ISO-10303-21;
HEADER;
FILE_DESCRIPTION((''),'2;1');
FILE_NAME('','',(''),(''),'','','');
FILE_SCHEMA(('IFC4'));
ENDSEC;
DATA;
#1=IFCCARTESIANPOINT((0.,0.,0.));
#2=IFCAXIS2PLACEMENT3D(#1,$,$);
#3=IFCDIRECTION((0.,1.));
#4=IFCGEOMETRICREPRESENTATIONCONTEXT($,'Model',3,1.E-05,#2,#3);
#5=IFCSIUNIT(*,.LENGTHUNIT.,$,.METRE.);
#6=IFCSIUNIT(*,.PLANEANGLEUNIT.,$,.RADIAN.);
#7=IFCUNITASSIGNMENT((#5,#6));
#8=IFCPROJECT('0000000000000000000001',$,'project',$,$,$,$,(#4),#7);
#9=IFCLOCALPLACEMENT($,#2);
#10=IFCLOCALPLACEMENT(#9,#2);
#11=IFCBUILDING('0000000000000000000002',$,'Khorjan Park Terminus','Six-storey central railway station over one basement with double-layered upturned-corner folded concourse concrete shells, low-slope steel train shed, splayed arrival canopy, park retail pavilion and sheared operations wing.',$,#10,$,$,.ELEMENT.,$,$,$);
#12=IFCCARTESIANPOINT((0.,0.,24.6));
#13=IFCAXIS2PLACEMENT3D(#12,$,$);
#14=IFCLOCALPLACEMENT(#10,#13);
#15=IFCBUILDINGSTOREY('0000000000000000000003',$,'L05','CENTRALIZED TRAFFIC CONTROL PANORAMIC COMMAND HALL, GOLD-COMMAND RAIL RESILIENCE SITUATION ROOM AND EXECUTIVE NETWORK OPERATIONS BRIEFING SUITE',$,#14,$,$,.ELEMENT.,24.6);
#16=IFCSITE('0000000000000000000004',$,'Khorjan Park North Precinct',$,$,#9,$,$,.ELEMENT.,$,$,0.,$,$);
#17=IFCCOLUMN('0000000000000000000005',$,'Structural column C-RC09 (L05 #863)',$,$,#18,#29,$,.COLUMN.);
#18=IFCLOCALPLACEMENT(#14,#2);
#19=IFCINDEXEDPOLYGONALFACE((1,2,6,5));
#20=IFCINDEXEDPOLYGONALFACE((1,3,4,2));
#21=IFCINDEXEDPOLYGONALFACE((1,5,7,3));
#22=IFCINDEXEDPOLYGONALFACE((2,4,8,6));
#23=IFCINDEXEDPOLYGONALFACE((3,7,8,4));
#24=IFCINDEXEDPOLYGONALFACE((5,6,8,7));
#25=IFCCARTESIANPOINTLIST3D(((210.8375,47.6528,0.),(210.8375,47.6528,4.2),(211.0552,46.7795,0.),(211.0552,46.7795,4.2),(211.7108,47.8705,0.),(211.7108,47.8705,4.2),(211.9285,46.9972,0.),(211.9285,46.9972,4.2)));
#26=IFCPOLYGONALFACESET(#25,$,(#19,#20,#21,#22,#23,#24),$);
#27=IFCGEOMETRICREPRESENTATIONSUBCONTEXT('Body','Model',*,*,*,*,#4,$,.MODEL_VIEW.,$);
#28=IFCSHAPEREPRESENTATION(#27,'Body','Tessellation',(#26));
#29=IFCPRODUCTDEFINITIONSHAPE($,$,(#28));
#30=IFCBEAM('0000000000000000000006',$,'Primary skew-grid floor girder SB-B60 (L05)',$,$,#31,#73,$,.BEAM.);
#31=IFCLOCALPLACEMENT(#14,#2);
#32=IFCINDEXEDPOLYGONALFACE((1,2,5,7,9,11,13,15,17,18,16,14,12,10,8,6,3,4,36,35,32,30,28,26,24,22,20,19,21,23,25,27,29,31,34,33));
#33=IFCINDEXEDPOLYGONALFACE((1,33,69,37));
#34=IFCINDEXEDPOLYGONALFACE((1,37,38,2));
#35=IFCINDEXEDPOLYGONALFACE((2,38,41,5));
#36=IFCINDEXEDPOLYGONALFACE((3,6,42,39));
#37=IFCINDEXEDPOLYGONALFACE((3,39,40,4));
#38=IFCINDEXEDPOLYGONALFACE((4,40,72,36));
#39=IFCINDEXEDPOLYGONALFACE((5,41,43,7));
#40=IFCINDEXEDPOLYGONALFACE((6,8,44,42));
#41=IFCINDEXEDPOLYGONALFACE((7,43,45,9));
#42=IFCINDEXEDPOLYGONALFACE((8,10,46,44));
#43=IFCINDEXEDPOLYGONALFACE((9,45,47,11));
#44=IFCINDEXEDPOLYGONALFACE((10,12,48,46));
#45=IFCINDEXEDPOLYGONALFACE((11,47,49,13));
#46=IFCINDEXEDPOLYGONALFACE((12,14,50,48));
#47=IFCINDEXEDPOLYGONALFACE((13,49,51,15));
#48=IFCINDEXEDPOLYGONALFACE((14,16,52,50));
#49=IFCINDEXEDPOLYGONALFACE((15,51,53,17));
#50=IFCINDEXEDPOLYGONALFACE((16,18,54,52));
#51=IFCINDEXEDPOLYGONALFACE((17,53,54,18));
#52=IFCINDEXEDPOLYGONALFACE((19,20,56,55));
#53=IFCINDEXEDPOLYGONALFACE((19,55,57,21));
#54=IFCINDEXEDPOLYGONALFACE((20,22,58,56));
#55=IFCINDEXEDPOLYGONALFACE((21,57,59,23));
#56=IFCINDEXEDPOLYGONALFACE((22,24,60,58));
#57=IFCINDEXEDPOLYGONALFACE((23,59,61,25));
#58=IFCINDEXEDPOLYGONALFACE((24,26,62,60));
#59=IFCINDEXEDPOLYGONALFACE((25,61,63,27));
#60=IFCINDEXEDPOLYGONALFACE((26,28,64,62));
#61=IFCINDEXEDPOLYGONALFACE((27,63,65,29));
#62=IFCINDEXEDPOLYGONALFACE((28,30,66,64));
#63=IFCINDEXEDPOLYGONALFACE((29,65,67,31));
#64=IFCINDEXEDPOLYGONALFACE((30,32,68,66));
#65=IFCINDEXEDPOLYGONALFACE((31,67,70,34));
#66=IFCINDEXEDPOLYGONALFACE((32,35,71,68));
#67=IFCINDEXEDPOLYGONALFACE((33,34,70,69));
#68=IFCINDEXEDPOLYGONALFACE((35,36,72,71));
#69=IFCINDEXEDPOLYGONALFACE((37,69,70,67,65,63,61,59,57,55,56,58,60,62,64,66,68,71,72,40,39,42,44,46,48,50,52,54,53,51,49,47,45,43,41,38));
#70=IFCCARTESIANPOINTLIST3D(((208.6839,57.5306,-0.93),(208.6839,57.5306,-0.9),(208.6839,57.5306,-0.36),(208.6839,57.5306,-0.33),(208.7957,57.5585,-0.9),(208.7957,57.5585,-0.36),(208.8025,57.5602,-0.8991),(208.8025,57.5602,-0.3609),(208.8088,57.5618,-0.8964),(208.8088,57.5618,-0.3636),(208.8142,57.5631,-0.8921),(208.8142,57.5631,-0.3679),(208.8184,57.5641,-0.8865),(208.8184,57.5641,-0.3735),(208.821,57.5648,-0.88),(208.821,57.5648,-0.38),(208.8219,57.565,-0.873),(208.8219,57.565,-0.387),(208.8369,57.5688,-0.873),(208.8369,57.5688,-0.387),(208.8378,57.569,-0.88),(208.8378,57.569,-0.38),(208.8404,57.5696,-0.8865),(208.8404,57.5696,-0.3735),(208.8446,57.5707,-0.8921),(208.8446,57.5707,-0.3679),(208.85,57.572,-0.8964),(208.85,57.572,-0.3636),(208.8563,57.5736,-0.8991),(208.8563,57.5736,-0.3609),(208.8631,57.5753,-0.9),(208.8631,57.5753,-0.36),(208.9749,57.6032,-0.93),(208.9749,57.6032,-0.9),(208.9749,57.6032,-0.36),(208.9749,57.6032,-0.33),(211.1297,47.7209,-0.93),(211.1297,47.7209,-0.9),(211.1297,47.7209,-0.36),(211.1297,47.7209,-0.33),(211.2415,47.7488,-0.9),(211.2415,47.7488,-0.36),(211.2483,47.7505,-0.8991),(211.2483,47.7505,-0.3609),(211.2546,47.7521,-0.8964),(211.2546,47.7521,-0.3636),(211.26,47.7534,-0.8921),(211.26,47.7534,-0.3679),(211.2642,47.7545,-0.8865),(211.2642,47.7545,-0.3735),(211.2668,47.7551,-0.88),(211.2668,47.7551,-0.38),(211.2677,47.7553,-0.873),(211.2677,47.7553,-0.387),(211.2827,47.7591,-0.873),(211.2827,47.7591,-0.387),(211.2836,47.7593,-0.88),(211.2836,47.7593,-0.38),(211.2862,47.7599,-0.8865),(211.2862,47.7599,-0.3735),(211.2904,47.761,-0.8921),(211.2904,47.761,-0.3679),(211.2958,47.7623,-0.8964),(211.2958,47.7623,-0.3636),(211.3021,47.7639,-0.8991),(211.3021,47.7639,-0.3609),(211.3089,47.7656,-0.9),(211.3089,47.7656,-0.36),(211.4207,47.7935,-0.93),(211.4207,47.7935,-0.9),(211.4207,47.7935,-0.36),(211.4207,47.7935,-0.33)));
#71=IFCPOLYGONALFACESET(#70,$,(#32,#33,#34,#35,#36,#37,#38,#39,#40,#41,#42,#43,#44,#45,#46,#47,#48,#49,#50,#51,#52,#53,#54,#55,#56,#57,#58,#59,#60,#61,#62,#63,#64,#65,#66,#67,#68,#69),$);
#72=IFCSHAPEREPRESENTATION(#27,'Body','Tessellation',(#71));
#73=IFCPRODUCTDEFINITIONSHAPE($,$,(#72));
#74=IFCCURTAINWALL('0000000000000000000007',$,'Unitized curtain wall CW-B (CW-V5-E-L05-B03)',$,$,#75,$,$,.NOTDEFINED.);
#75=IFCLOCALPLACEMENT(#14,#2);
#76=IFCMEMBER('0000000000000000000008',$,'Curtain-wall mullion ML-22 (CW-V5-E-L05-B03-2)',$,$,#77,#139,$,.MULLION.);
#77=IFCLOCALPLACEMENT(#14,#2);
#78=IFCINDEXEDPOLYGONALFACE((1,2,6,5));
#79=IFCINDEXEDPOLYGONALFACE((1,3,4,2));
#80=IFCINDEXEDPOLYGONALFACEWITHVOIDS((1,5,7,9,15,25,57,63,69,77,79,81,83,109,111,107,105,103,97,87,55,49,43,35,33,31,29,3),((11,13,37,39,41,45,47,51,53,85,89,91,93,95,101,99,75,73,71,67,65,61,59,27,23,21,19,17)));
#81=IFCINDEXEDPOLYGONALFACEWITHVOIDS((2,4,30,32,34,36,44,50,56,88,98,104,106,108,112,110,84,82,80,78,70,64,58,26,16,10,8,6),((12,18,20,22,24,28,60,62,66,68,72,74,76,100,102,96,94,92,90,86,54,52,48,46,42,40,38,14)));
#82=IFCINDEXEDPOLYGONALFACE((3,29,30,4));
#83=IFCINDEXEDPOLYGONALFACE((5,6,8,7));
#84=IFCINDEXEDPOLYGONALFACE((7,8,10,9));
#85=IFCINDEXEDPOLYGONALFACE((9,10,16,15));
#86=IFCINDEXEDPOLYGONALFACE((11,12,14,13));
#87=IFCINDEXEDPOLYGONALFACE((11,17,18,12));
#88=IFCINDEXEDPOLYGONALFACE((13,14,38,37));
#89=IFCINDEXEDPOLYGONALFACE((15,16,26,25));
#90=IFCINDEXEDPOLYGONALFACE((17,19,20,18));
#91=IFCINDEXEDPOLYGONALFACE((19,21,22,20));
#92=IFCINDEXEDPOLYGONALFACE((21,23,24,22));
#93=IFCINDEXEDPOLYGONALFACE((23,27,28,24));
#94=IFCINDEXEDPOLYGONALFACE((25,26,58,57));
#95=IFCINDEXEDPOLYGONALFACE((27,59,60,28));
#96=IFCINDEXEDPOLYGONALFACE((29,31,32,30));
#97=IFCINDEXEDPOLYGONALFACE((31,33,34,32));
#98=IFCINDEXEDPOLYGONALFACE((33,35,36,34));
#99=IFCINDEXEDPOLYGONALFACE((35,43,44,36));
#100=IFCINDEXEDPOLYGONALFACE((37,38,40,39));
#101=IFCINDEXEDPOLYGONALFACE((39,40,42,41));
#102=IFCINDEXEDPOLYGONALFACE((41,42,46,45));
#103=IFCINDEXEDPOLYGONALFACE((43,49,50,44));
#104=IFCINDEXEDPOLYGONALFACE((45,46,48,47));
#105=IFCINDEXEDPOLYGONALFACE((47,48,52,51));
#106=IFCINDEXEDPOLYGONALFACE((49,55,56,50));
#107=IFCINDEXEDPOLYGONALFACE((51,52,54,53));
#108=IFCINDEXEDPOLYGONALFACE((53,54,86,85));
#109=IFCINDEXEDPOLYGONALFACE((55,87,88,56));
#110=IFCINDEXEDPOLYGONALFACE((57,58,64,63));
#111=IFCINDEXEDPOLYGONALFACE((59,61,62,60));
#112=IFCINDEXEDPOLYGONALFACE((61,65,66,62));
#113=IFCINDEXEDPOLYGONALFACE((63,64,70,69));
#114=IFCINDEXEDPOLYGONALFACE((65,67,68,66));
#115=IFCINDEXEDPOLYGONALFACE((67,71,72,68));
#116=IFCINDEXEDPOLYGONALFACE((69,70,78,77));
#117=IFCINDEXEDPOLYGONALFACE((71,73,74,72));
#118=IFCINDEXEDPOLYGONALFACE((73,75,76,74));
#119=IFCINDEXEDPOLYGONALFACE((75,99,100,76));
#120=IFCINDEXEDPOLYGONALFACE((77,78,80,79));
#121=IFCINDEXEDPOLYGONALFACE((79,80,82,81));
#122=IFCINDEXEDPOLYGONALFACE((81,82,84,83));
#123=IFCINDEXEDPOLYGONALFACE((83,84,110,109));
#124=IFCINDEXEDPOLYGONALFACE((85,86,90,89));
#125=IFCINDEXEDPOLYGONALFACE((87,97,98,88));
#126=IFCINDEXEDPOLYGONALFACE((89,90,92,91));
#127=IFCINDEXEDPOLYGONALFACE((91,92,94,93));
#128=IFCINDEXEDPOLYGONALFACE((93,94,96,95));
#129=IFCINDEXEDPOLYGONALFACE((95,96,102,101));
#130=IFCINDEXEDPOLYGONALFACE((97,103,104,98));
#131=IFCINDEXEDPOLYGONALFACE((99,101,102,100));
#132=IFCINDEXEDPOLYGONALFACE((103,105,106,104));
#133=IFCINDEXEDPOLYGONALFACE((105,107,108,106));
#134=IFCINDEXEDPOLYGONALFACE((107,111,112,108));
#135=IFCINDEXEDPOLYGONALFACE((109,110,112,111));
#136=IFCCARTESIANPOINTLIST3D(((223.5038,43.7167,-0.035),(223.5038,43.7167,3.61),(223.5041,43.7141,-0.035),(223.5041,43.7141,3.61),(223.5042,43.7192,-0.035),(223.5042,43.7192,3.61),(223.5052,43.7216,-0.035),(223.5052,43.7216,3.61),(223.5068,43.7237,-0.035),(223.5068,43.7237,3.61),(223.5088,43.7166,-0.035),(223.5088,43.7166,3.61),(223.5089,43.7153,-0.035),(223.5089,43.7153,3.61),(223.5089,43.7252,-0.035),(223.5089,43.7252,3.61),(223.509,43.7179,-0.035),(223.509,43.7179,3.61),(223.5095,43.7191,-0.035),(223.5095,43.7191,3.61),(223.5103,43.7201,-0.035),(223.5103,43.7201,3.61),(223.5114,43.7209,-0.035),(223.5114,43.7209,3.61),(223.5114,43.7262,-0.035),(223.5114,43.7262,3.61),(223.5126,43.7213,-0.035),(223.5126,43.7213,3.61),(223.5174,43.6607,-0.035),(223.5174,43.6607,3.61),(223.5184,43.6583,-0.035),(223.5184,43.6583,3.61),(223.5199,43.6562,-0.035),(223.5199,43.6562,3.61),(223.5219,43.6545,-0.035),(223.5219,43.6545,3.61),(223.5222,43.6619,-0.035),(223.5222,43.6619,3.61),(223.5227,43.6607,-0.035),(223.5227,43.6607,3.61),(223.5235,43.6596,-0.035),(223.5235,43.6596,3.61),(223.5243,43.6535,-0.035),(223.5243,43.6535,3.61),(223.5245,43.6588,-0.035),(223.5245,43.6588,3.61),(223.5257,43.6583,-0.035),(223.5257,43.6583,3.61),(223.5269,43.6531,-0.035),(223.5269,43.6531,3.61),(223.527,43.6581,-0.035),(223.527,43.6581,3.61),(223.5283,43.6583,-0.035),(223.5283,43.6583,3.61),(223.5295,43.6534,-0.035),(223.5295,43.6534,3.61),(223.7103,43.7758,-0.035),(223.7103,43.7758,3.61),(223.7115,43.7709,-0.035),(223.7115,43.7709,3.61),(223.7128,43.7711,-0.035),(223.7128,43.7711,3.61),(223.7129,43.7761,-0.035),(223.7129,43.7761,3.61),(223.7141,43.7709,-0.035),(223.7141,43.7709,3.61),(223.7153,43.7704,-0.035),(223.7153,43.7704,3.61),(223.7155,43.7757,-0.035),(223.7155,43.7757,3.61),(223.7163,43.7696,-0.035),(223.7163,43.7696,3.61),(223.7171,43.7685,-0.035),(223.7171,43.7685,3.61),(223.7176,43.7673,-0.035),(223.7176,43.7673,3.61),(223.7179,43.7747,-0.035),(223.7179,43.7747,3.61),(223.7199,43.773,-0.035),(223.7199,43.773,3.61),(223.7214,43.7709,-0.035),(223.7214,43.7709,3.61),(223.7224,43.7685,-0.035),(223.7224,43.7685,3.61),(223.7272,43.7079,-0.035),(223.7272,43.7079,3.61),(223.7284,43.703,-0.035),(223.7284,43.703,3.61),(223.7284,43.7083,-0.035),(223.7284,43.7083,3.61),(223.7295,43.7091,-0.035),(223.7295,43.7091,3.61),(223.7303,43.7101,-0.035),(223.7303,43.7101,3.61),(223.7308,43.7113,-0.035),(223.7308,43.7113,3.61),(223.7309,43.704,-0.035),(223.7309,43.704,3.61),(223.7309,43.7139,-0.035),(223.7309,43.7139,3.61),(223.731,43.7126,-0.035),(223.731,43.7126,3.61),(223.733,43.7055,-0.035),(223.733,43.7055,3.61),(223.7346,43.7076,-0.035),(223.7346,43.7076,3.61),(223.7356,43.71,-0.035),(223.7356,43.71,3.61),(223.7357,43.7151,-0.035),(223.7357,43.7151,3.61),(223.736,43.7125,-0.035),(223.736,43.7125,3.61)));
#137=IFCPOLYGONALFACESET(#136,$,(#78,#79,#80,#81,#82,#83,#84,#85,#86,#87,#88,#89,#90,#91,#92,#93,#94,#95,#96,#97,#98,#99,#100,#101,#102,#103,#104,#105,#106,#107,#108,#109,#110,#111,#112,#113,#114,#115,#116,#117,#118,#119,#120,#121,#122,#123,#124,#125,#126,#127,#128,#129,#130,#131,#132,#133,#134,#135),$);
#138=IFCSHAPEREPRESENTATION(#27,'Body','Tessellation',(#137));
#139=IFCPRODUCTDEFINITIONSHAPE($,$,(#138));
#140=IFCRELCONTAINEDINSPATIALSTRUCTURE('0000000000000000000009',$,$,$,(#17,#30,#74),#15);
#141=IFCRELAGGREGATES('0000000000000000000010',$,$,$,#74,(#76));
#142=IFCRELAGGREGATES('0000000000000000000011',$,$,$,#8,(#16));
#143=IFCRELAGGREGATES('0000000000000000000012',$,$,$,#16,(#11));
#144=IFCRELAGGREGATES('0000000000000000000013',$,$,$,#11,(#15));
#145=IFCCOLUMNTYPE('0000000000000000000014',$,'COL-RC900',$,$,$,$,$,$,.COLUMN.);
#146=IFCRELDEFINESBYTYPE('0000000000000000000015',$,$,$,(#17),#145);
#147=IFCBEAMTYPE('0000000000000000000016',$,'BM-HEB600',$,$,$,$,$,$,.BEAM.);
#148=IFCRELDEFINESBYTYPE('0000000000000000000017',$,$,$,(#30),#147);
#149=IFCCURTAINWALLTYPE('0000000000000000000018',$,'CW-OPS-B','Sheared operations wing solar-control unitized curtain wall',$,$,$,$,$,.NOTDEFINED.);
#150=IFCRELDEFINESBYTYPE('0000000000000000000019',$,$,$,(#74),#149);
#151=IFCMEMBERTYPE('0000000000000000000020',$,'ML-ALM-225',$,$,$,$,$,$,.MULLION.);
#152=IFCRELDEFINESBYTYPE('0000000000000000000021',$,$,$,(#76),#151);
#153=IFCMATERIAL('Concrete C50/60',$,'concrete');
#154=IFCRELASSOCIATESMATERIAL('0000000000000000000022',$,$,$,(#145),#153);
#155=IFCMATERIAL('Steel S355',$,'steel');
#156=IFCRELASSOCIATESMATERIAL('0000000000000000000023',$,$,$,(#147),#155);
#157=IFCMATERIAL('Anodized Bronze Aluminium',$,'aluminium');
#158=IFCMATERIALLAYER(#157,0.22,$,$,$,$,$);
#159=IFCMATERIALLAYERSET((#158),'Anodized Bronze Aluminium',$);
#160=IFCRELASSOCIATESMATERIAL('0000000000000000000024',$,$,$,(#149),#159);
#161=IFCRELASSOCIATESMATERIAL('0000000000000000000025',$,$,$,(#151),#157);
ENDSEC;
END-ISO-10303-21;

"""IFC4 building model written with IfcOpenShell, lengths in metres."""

from ifc_helpers import new_model, si_unit, direction, frame, origin, origin_2d, place, context, subcontext, project, spatial, rectangle, hollow_rectangle, i_section, extrude, material, layer, layer_set, material_profile, profile_set, type_object, element, aggregate, save


model = new_model("IFC4")

# Units and contexts
model_context = context("Model", 3, precision=1e-05, world=origin(), true_north=direction((0.0, 1.0)))
body_context = subcontext(model_context, "Body", "Model", "MODEL_VIEW")
ifc_project = project(units=[si_unit("LENGTHUNIT", "METRE"), si_unit("PLANEANGLEUNIT", "RADIAN")], contexts=[model_context])

# Site, building, storey
site_placement = place(None, origin())
site = spatial("IfcSite", under=ifc_project, at=site_placement, Name="Khorjan Park North Precinct", CompositionType="ELEMENT", RefElevation=0.0)
building_placement = place(site_placement, origin())
building = spatial("IfcBuilding", under=site, at=building_placement, Name="Khorjan Park Terminus", Description="Six-storey central railway station over one basement with double-layered upturned-corner folded concourse concrete shells, low-slope steel train shed, splayed arrival canopy, park retail pavilion and sheared operations wing.", CompositionType="ELEMENT")
storey_placement = place(building_placement, frame((0.0, 0.0, 24.6)))
storey = spatial("IfcBuildingStorey", under=building, at=storey_placement, Name="L05", Description="CENTRALIZED TRAFFIC CONTROL PANORAMIC COMMAND HALL, GOLD-COMMAND RAIL RESILIENCE SITUATION ROOM AND EXECUTIVE NETWORK OPERATIONS BRIEFING SUITE", CompositionType="ELEMENT", Elevation=24.6)

# Column
ifc_material_1 = material(Name="Concrete C50/60", Category="concrete")
ifc_material_profile_1 = material_profile(ifc_material_1, rectangle(XDim=0.9, YDim=0.9, at=origin_2d()), Name="RC 900x900")
ifc_profile_set_1 = profile_set([ifc_material_profile_1], Name="Concrete C50/60")
column_type = type_object("IfcColumnType", Name="COL-RC900", PredefinedType="COLUMN", material=ifc_profile_set_1)
column_placement = place(storey_placement, frame((211.383, 47.325, 0.0), z_axis=(0.0, 0.0, 1.0), x_axis=(0.970296, 0.241922, 0.0)))
element("IfcColumn", 1, at=column_placement, inside=storey, type_object=column_type, Name="Structural column C-RC09 (L05 #863)", PredefinedType="COLUMN", context=body_context, shape_type="SweptSolid", body=[
    extrude(rectangle(XDim=0.9, YDim=0.9, at=origin_2d()), origin(), (0.0, 0.0, 1.0), 4.2),
])

# Beam
ifc_material_2 = material(Name="Steel S355", Category="steel")
ifc_material_profile_2 = material_profile(ifc_material_2, i_section(OverallWidth=0.3, OverallDepth=0.6, WebThickness=0.0155, FlangeThickness=0.03, FilletRadius=0.027, at=origin_2d()), Name="HEB 600")
ifc_profile_set_2 = profile_set([ifc_material_profile_2], Name="Steel S355")
beam_type = type_object("IfcBeamType", Name="BM-HEB600", PredefinedType="BEAM", material=ifc_profile_set_2)
beam_placement = place(storey_placement, frame((211.2752, 47.7572, -0.63), z_axis=(-0.241919, 0.970296, 0.0), x_axis=(-0.970296, -0.241919, 0.0)))
element("IfcBeam", 2, at=beam_placement, inside=storey, type_object=beam_type, Name="Primary skew-grid floor girder SB-B60 (L05)", PredefinedType="BEAM", context=body_context, shape_type="SweptSolid", body=[
    extrude(i_section(OverallWidth=0.3, OverallDepth=0.6, WebThickness=0.0155, FlangeThickness=0.03, FilletRadius=0.027, at=origin_2d()), origin(), (0.0, 0.0, 1.0), 10.11),
])

# Curtain wall, member
ifc_material_3 = material(Name="Anodized Bronze Aluminium", Category="aluminium")
ifc_layer_1 = layer(ifc_material_3, 0.22)
ifc_layer_set_1 = layer_set([ifc_layer_1], Name="Anodized Bronze Aluminium")
curtain_wall_type = type_object("IfcCurtainWallType", Name="CW-OPS-B", Description="Sheared operations wing solar-control unitized curtain wall", PredefinedType="NOTDEFINED", material=ifc_layer_set_1)
curtain_wall_placement = place(storey_placement, origin())
curtain_wall = element("IfcCurtainWall", 3, at=curtain_wall_placement, inside=storey, type_object=curtain_wall_type, Name="Unitized curtain wall CW-B (CW-V5-E-L05-B03)", PredefinedType="NOTDEFINED")
ifc_material_profile_3 = material_profile(ifc_material_3, hollow_rectangle(XDim=0.075, YDim=0.225, WallThickness=0.005, InnerFilletRadius=0.005, OuterFilletRadius=0.01, at=origin_2d()), Name="ALM 75x225x5")
ifc_profile_set_3 = profile_set([ifc_material_profile_3], Name="Anodized Bronze Aluminium")
member_type_1 = type_object("IfcMemberType", Name="ML-ALM-225", PredefinedType="MULLION", material=ifc_profile_set_3)
member_1_placement = place(storey_placement, frame((223.6199, 43.7146, -0.035), z_axis=(0.0, 0.0, 1.0), x_axis=(-0.241923, 0.970295, 0.0)))
member_1 = element("IfcMember", 4, at=member_1_placement, type_object=member_type_1, Name="Curtain-wall mullion ML-22 (CW-V5-E-L05-B03-2)", PredefinedType="MULLION", context=body_context, shape_type="SweptSolid", body=[
    extrude(hollow_rectangle(XDim=0.075, YDim=0.225, WallThickness=0.005, InnerFilletRadius=0.005, OuterFilletRadius=0.01, at=origin_2d()), origin(), (0.0, 0.0, 1.0), 3.645),
])
aggregate(curtain_wall, [member_1])

save(model, "model.ifc")
